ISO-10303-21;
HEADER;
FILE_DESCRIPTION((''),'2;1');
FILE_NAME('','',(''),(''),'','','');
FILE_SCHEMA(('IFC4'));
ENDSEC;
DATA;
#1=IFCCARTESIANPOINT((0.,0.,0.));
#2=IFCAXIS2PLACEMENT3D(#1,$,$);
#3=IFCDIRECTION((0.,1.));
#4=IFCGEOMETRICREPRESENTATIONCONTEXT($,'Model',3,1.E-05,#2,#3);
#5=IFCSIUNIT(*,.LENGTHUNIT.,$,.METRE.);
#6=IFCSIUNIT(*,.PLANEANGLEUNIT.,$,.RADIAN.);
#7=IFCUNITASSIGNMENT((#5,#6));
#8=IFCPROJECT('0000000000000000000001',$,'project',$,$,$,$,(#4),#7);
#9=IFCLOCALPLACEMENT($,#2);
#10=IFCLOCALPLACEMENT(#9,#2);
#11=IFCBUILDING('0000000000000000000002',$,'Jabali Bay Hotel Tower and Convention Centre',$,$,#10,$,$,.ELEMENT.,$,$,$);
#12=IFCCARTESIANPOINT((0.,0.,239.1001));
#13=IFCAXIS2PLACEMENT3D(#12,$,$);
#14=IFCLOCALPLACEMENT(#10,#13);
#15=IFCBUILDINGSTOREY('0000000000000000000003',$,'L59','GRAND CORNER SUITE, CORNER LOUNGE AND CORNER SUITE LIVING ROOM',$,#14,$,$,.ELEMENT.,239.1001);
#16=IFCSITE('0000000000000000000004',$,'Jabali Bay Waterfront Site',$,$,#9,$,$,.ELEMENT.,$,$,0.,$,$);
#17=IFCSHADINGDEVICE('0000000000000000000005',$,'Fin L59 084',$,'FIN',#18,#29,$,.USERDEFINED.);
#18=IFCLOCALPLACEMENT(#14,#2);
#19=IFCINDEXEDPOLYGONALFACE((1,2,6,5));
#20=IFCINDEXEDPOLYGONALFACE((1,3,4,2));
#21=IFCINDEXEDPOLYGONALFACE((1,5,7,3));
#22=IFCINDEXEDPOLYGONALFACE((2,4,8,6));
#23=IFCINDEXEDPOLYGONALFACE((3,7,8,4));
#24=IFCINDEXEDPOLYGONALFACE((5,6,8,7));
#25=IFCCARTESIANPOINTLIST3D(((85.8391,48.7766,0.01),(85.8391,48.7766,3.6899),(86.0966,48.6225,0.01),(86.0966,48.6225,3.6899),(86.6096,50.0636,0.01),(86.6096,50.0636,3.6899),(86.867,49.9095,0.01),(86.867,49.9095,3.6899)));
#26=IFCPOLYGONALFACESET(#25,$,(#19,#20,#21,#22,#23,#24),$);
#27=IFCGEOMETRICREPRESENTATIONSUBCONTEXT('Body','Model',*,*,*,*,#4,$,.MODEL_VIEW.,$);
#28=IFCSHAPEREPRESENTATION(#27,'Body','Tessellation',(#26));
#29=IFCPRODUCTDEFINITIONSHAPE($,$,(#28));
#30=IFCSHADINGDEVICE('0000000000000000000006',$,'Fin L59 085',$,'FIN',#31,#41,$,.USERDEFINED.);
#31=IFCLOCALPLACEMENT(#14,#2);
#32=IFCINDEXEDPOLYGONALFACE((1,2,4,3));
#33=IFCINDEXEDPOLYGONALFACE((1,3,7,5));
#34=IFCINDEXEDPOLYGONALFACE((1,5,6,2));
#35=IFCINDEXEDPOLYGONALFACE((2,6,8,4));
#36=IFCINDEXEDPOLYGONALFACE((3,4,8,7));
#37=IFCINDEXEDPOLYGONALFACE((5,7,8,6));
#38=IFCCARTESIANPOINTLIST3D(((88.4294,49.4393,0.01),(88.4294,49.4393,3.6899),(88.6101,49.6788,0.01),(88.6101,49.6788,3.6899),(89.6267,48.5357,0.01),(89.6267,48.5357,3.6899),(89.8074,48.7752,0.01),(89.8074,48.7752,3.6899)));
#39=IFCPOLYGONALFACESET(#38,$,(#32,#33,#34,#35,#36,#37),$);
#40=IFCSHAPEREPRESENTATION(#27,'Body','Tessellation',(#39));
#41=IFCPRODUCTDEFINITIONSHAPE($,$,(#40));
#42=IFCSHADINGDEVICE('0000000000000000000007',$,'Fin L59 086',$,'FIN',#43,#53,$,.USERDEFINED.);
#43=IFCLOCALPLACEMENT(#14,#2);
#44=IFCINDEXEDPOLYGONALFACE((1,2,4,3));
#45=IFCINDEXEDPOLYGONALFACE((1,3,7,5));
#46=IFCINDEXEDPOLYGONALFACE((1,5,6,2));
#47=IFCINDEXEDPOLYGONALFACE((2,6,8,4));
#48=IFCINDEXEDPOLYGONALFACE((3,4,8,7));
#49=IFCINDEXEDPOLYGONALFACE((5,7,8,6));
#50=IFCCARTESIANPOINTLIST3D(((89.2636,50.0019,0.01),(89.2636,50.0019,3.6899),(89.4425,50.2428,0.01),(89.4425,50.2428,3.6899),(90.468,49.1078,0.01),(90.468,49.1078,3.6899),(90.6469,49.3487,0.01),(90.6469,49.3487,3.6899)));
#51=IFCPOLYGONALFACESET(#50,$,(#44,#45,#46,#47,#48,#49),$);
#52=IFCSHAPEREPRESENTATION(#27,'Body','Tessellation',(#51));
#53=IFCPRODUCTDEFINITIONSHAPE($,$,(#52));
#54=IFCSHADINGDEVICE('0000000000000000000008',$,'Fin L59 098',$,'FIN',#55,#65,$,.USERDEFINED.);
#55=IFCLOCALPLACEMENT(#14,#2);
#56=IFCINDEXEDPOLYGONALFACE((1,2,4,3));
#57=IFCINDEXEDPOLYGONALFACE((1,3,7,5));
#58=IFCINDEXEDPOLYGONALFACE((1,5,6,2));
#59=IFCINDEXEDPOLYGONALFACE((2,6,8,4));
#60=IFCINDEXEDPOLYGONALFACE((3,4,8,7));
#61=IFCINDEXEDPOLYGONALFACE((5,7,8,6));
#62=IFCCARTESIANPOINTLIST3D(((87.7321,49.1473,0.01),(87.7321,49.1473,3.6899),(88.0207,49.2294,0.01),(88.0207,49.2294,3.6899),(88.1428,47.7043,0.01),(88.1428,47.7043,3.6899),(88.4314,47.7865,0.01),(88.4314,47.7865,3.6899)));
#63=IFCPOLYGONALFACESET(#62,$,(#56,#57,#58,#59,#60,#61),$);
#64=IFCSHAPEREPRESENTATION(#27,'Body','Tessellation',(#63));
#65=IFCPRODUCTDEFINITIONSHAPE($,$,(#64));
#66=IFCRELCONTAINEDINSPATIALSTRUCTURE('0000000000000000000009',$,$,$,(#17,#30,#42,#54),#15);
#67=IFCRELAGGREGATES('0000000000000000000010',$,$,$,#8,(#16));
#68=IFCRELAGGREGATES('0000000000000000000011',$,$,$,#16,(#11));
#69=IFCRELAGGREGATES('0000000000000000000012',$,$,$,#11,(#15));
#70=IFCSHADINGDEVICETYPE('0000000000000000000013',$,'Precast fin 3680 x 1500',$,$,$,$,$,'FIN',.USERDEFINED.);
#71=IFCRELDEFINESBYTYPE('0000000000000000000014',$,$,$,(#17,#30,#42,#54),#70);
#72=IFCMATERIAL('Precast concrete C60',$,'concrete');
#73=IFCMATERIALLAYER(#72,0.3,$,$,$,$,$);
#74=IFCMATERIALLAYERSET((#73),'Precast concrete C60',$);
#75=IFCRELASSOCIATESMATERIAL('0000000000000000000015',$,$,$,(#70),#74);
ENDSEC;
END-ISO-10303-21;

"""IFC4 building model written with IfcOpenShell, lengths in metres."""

from ifc_helpers import new_model, si_unit, direction, frame, frame_2d, origin, place, context, subcontext, project, spatial, rectangle, extrude, material, layer, layer_set, type_object, element, save


model = new_model("IFC4")

# Units and contexts
model_context = context("Model", 3, precision=1e-05, world=origin(), true_north=direction((0.0, 1.0)))
body_context = subcontext(model_context, "Body", "Model", "MODEL_VIEW")
ifc_project = project(units=[si_unit("LENGTHUNIT", "METRE"), si_unit("PLANEANGLEUNIT", "RADIAN")], contexts=[model_context])

# Site, building, storey
site_placement = place(None, origin())
site = spatial("IfcSite", under=ifc_project, at=site_placement, Name="Jabali Bay Waterfront Site", CompositionType="ELEMENT", RefElevation=0.0)
building_placement = place(site_placement, origin())
building = spatial("IfcBuilding", under=site, at=building_placement, Name="Jabali Bay Hotel Tower and Convention Centre", CompositionType="ELEMENT")
storey_placement = place(building_placement, frame((0.0, 0.0, 239.1001)))
storey = spatial("IfcBuildingStorey", under=building, at=storey_placement, Name="L59", Description="GRAND CORNER SUITE, CORNER LOUNGE AND CORNER SUITE LIVING ROOM", CompositionType="ELEMENT", Elevation=239.1001)

# Shading devices
ifc_material_1 = material(Name="Precast concrete C60", Category="concrete")
ifc_layer_1 = layer(ifc_material_1, 0.3)
ifc_layer_set_1 = layer_set([ifc_layer_1], Name="Precast concrete C60")
shading_device_type = type_object("IfcShadingDeviceType", Name="Precast fin 3680 x 1500", ElementType="FIN", PredefinedType="USERDEFINED", material=ifc_layer_set_1)
for number, where, z_axis, x_axis, name in (
    (1, (86.7383, 49.9866, 0.01), (0.0, 0.0, 1.0), (-0.513634, -0.858009, 0.0), "Fin L59 084"),
    (2, (88.5198, 49.5591, 0.01), (0.0, 0.0, 1.0), (0.798199, -0.602393, 0.0), "Fin L59 085"),
    (3, (89.353, 50.1223, 0.01), (0.0, 0.0, 1.0), (0.80294, -0.59606, 0.0), "Fin L59 086"),
):
    element("IfcShadingDevice", number, at=place(storey_placement, frame(where, z_axis=z_axis, x_axis=x_axis)), inside=storey, type_object=shading_device_type, Name=name, ObjectType="FIN", PredefinedType="USERDEFINED", context=body_context, shape_type="SweptSolid", body=[
        extrude(rectangle(XDim=1.5, YDim=0.3, at=frame_2d((0.75, 0.0))), origin(), (0.0, 0.0, 1.0), 3.6799),
    ])
shading_device_placement = place(storey_placement, frame((87.8765, 49.1882, 0.01), z_axis=(0.0, 0.0, 1.0), x_axis=(0.273732, -0.961806, 0.0)))
element("IfcShadingDevice", 4, at=shading_device_placement, inside=storey, type_object=shading_device_type, Name="Fin L59 098", ObjectType="FIN", PredefinedType="USERDEFINED", context=body_context, shape_type="SweptSolid", body=[
    extrude(rectangle(XDim=1.5002, YDim=0.3, at=frame_2d((0.75, 0.0))), origin(), (0.0, 0.0, 1.0), 3.6799),
])

save(model, "model.ifc")
